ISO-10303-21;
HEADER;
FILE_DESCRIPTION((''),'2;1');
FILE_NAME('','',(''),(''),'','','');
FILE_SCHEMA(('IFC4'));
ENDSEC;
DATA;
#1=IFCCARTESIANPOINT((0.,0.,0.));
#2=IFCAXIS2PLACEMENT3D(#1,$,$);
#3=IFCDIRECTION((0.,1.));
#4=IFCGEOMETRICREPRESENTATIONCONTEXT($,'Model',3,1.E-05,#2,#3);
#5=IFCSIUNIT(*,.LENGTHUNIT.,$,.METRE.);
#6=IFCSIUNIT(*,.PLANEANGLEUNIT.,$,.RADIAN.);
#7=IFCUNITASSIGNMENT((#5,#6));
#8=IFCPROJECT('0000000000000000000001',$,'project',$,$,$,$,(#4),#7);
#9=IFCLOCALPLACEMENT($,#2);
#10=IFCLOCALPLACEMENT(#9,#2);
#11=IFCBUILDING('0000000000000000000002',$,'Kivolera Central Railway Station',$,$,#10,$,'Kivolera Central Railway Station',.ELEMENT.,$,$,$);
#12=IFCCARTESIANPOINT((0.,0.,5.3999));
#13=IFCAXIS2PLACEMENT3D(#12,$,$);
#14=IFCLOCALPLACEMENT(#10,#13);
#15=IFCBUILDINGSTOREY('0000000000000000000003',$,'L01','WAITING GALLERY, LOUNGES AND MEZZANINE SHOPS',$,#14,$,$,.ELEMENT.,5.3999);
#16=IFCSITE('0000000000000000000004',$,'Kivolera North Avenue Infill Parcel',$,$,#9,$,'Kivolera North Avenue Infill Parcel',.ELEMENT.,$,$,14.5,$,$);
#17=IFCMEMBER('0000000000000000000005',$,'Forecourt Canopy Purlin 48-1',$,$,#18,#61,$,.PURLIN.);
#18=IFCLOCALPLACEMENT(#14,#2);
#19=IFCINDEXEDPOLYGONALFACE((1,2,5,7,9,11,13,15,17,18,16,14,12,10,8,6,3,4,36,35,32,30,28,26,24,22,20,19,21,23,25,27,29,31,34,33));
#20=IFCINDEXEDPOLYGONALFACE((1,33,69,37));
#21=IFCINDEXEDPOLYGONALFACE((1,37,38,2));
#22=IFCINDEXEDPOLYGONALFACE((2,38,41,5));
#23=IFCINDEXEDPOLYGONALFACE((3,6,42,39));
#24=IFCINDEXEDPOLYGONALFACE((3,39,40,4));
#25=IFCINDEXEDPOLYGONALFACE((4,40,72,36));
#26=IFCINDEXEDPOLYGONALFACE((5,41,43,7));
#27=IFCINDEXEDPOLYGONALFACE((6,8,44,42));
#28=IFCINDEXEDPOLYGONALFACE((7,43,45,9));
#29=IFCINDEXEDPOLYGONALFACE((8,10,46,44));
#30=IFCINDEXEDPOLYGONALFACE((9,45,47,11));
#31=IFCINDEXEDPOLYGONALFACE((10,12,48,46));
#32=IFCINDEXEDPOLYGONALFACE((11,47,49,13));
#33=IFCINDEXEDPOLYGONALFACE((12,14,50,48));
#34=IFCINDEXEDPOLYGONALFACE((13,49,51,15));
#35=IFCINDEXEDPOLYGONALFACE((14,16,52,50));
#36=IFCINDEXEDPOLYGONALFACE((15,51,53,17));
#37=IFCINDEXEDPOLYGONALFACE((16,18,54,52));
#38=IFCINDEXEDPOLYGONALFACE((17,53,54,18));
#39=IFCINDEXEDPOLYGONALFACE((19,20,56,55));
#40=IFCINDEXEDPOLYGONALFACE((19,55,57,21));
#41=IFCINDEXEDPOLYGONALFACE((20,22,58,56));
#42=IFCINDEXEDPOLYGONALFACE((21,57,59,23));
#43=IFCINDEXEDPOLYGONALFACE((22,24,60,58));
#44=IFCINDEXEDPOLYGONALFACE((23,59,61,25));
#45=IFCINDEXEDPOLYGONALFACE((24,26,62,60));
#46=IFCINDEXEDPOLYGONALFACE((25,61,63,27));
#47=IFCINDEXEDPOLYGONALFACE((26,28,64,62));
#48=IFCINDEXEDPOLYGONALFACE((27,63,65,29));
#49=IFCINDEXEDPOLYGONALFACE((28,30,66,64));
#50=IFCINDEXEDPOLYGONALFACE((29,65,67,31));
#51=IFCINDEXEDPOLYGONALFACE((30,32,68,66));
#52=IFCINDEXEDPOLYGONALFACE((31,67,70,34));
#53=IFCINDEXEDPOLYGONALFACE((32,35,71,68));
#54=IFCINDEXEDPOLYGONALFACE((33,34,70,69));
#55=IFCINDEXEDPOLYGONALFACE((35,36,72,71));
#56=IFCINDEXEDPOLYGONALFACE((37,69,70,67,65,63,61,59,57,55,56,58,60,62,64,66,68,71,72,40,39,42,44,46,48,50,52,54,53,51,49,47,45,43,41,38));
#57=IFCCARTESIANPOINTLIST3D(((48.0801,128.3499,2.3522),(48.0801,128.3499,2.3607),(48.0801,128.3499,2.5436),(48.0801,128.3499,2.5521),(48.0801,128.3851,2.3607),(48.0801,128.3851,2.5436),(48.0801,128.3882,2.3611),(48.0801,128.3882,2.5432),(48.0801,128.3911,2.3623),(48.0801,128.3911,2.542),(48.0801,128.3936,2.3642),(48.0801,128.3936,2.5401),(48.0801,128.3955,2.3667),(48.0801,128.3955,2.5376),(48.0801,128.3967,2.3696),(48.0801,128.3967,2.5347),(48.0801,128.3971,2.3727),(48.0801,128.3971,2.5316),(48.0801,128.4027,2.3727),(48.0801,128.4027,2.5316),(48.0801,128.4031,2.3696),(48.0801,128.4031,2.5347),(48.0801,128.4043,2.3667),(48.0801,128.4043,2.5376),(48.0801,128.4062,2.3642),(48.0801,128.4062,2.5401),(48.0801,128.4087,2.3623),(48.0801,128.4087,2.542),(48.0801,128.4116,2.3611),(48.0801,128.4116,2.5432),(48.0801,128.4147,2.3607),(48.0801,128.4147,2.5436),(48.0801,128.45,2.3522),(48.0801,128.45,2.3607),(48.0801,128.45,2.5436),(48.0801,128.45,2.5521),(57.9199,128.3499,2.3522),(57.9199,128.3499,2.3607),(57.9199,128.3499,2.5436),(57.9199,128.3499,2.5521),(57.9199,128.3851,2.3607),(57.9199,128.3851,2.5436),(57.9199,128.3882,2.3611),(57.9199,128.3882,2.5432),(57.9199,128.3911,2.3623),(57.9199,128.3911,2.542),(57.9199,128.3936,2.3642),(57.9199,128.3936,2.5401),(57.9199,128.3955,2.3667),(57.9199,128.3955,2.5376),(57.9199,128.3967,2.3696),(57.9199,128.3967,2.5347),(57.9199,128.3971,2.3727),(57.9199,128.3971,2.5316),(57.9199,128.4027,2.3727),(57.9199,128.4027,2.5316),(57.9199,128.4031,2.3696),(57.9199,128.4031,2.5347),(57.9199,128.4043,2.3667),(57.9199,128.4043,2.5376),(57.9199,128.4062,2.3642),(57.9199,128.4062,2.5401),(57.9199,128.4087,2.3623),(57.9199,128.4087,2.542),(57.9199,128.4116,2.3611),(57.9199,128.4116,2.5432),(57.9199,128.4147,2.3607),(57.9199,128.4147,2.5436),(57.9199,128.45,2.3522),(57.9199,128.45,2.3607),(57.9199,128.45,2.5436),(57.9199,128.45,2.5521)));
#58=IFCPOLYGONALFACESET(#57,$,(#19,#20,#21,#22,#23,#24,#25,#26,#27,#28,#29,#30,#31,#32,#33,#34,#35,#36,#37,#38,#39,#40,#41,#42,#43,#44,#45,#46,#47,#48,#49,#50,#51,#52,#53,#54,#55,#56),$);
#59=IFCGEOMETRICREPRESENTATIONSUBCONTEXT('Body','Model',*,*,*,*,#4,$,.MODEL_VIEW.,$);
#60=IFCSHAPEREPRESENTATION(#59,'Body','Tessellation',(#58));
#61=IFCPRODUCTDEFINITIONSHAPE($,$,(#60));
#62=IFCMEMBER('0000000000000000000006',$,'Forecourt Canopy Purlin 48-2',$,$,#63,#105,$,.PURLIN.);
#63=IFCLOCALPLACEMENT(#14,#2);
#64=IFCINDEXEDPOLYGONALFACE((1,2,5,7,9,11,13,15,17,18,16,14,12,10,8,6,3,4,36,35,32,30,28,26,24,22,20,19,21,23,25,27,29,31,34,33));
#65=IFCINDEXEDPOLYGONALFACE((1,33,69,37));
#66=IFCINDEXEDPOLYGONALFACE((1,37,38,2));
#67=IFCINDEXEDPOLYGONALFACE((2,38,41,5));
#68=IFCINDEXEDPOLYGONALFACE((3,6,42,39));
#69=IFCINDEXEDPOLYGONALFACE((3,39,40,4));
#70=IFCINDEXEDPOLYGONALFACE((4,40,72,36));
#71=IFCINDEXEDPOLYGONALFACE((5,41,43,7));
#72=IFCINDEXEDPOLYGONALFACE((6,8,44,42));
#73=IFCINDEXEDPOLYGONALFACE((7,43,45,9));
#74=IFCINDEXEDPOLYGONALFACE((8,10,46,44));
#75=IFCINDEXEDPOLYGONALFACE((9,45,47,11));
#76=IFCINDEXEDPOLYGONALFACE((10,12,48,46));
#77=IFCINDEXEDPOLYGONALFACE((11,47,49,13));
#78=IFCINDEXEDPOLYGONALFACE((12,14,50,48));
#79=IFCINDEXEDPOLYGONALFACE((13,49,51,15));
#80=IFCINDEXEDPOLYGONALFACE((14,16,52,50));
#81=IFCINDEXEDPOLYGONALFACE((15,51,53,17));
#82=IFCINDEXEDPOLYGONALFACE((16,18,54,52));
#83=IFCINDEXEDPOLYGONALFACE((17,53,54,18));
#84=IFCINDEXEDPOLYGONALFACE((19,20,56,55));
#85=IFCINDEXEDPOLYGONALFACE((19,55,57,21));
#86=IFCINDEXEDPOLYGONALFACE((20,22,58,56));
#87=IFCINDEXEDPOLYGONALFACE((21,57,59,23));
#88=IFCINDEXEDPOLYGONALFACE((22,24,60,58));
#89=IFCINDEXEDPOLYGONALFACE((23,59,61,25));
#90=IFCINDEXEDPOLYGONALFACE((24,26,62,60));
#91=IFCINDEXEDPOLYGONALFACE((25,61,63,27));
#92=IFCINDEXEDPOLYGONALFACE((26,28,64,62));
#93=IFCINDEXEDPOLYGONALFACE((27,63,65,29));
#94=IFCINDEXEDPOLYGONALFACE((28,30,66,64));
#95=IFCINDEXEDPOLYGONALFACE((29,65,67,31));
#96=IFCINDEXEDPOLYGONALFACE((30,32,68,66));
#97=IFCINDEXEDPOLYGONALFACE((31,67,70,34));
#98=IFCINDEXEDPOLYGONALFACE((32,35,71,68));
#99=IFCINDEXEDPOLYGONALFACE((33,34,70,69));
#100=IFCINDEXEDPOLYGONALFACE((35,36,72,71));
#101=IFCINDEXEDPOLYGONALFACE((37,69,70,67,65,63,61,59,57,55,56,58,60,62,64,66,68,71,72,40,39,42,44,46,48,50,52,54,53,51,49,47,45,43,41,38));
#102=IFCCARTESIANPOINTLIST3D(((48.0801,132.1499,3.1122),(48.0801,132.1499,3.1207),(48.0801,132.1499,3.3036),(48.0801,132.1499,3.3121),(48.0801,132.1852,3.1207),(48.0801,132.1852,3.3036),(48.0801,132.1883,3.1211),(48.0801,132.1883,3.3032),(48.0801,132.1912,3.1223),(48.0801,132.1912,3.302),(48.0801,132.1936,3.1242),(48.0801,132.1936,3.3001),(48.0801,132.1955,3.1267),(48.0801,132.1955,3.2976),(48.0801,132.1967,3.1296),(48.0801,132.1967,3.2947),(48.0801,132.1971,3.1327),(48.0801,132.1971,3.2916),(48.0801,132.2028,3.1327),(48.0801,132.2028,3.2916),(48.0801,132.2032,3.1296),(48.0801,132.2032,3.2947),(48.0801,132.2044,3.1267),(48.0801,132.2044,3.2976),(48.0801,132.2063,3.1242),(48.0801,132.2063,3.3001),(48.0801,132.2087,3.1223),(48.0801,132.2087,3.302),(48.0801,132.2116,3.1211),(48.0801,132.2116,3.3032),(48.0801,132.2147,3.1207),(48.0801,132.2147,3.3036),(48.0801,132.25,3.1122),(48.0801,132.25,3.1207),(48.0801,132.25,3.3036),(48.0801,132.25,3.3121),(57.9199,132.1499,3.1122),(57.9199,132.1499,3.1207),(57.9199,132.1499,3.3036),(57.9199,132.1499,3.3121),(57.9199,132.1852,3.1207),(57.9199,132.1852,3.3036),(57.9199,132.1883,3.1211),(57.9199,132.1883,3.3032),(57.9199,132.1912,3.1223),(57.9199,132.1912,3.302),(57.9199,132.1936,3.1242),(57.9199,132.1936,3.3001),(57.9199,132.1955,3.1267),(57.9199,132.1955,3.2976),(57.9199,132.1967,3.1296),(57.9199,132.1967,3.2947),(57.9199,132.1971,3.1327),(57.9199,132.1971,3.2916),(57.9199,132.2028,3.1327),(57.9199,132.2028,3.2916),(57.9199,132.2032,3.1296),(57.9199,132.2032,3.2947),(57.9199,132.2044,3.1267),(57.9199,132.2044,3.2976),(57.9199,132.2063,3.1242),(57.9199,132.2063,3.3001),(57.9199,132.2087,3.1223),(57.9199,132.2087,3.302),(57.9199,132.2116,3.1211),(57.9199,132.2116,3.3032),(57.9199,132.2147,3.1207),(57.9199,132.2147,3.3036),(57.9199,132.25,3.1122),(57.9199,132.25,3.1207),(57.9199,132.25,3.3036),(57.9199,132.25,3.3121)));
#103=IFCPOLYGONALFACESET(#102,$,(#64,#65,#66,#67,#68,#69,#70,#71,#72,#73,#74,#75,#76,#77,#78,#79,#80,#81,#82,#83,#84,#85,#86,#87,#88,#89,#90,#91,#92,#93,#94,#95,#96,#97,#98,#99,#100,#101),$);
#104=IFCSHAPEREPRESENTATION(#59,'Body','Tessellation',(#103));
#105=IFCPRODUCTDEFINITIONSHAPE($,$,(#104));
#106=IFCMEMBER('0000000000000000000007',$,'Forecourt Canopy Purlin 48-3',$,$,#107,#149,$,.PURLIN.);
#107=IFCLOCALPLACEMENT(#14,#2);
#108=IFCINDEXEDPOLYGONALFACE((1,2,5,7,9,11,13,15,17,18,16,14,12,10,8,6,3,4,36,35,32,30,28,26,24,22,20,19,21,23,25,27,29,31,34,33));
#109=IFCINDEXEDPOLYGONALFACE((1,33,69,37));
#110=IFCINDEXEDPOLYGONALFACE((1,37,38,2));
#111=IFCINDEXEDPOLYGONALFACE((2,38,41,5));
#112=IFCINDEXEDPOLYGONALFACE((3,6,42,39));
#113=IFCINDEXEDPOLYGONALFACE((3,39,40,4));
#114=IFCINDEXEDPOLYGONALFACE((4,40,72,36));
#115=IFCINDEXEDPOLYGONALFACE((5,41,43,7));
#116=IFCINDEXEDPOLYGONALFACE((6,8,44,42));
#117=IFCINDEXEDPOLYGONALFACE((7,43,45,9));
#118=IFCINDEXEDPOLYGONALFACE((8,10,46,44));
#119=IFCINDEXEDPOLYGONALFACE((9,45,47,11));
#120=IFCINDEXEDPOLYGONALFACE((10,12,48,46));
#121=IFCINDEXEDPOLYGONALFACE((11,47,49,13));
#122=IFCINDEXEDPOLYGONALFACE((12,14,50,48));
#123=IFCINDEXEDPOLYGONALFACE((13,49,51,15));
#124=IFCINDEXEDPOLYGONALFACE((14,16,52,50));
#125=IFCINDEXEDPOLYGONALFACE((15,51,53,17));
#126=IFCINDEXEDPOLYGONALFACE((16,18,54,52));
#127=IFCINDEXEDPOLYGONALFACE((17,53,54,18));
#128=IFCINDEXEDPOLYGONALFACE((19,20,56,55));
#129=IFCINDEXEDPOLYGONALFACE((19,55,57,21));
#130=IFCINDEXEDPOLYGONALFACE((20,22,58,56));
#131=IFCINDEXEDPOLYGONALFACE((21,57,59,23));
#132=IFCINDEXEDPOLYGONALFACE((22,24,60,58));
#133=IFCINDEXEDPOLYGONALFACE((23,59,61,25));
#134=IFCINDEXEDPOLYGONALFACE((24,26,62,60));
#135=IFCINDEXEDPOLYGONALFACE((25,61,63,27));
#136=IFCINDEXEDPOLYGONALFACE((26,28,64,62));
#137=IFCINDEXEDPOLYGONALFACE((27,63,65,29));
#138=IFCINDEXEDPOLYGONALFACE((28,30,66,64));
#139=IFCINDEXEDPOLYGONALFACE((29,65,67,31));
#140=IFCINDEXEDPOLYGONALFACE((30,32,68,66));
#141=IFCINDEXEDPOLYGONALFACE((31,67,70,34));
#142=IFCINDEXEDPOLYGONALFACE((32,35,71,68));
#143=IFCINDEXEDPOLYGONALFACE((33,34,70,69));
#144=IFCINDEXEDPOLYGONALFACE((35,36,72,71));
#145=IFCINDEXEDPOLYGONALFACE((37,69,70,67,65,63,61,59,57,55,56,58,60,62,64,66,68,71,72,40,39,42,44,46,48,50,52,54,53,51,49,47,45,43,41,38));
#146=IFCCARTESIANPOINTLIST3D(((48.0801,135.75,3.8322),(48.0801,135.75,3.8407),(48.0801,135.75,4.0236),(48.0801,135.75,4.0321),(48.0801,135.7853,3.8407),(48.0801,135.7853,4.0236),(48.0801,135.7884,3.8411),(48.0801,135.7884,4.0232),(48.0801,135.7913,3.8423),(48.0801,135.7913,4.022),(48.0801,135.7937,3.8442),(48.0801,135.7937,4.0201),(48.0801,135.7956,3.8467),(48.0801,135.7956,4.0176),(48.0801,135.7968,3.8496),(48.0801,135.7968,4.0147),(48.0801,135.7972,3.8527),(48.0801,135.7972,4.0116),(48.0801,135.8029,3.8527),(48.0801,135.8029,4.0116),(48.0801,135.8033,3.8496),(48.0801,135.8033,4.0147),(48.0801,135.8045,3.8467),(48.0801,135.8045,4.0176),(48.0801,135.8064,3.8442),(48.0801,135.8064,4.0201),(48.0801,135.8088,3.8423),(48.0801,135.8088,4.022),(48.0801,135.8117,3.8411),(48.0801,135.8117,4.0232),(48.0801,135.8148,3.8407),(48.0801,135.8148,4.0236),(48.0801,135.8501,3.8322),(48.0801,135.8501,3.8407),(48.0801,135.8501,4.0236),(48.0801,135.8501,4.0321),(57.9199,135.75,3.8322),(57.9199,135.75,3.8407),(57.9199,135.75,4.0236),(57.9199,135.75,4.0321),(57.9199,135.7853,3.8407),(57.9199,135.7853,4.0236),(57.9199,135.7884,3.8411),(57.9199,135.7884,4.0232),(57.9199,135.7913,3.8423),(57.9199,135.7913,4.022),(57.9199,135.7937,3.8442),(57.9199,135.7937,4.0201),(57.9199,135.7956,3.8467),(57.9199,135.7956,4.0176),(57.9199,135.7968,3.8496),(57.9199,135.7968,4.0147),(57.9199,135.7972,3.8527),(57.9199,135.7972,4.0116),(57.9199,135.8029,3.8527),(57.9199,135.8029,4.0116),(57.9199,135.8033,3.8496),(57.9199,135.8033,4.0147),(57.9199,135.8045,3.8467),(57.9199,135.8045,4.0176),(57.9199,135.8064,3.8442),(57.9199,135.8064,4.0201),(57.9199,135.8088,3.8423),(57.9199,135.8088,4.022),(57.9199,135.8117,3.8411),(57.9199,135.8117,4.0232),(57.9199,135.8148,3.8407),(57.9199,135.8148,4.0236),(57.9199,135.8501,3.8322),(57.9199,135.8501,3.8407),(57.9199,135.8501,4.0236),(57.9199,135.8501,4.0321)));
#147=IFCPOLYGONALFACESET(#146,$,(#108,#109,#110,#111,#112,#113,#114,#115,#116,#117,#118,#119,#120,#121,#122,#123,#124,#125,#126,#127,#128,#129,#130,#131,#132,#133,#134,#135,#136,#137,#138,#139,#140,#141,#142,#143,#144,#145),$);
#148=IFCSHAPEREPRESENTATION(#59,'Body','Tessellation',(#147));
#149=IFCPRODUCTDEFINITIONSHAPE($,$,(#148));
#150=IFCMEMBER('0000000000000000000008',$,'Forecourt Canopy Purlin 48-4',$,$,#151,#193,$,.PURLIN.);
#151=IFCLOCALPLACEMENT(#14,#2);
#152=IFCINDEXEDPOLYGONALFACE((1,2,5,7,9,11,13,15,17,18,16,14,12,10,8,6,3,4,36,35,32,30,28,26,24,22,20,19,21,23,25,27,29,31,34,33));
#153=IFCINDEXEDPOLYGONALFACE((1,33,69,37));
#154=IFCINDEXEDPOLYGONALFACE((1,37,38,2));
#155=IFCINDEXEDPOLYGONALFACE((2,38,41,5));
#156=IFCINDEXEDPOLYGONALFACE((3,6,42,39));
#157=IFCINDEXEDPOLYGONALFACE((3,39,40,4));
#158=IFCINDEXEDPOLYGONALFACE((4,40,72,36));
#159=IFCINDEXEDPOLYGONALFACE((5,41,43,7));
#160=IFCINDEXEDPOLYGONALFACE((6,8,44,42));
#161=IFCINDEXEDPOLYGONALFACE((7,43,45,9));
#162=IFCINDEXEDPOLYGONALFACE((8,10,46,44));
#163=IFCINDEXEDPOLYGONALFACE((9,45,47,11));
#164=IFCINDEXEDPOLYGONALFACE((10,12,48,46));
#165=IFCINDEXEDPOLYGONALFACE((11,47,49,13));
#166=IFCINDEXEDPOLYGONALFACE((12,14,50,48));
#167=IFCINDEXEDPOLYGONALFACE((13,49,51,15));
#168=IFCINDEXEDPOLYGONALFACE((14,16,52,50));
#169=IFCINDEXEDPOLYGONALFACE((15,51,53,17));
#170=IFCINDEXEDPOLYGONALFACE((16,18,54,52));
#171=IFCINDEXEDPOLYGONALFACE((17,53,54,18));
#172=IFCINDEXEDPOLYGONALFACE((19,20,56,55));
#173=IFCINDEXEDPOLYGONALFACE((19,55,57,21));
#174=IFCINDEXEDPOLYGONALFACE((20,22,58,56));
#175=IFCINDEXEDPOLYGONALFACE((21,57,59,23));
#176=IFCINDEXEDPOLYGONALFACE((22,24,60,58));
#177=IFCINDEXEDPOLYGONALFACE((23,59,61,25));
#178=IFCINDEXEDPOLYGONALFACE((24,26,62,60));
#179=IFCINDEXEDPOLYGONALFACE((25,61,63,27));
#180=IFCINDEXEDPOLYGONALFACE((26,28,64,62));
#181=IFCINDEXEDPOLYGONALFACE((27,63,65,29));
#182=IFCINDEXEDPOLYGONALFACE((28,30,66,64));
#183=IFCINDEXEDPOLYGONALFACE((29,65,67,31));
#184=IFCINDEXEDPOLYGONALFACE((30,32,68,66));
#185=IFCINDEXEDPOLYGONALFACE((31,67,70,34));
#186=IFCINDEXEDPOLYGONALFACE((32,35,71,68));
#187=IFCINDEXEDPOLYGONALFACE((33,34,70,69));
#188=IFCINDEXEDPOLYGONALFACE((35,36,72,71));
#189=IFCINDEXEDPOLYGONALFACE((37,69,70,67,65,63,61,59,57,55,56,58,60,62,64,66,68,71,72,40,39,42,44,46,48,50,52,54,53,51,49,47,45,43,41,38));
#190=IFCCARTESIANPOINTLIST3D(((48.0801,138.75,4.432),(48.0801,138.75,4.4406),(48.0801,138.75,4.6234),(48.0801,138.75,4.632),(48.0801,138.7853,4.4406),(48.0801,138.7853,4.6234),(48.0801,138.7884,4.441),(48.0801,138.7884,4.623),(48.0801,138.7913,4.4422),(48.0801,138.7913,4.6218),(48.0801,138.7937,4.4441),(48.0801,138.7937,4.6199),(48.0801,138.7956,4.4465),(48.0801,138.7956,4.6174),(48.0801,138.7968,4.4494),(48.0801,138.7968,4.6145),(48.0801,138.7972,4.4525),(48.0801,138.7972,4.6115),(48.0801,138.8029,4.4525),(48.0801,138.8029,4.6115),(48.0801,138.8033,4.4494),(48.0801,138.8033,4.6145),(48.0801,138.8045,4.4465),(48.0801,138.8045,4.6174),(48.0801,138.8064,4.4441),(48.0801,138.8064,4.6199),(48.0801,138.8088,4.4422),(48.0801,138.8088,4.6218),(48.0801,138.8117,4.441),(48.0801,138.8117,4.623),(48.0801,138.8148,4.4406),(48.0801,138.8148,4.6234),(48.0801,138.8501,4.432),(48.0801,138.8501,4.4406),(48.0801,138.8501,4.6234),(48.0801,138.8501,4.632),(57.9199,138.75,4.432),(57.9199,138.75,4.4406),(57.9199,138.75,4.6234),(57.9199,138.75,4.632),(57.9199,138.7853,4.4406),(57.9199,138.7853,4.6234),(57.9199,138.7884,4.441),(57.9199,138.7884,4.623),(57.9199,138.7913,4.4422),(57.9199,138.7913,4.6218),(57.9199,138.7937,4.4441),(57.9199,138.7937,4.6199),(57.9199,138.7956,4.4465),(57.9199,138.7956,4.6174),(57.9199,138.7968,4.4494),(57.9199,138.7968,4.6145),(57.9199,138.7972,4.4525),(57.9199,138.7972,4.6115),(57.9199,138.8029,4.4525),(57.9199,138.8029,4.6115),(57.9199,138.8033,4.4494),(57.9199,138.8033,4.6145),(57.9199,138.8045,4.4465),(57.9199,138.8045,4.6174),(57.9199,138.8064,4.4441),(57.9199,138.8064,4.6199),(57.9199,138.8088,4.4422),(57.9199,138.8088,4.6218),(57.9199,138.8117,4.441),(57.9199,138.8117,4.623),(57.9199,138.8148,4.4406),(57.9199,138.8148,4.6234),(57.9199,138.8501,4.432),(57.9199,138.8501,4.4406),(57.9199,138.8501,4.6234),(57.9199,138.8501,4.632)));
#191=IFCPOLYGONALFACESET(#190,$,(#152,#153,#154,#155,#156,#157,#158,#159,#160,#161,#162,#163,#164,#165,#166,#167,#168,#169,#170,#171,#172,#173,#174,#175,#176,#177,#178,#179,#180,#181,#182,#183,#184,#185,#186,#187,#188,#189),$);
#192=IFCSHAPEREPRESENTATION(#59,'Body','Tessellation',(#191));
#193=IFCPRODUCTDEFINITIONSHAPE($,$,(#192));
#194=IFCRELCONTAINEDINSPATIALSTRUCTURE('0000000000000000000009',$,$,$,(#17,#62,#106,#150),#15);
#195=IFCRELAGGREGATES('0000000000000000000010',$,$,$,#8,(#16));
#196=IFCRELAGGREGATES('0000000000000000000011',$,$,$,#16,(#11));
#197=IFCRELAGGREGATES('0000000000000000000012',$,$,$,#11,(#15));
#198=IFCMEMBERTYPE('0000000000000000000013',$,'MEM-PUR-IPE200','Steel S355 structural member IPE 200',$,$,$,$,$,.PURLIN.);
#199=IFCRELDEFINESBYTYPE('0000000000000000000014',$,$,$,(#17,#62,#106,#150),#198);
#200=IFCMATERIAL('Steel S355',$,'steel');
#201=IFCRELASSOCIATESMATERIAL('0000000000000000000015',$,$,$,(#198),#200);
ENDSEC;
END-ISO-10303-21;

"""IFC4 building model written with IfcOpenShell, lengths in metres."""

from ifc_helpers import new_model, si_unit, direction, frame, origin, origin_2d, place, context, subcontext, project, spatial, i_section, extrude, material, material_profile, profile_set, type_object, element, save


model = new_model("IFC4")

# Units and contexts
model_context = context("Model", 3, precision=1e-05, world=origin(), true_north=direction((0.0, 1.0)))
body_context = subcontext(model_context, "Body", "Model", "MODEL_VIEW")
ifc_project = project(units=[si_unit("LENGTHUNIT", "METRE"), si_unit("PLANEANGLEUNIT", "RADIAN")], contexts=[model_context])

# Site, building, storey
site_placement = place(None, origin())
site = spatial("IfcSite", under=ifc_project, at=site_placement, Name="Kivolera North Avenue Infill Parcel", LongName="Kivolera North Avenue Infill Parcel", CompositionType="ELEMENT", RefElevation=14.5)
building_placement = place(site_placement, origin())
building = spatial("IfcBuilding", under=site, at=building_placement, Name="Kivolera Central Railway Station", LongName="Kivolera Central Railway Station", CompositionType="ELEMENT")
storey_placement = place(building_placement, frame((0.0, 0.0, 5.3999)))
storey = spatial("IfcBuildingStorey", under=building, at=storey_placement, Name="L01", Description="WAITING GALLERY, LOUNGES AND MEZZANINE SHOPS", CompositionType="ELEMENT", Elevation=5.3999)

# Shared definitions
ifc_material = material(Name="Steel S355", Category="steel")

# Members
ifc_material_profile_1 = material_profile(ifc_material, i_section(OverallWidth=0.1001, OverallDepth=0.2, WebThickness=0.0056, FlangeThickness=0.0085, FilletRadius=0.012, at=origin_2d()), Name="IPE 200")
ifc_profile_set_1 = profile_set([ifc_material_profile_1], Name="Steel S355")
member_type_1 = type_object("IfcMemberType", Name="MEM-PUR-IPE200", Description="Steel S355 structural member IPE 200", PredefinedType="PURLIN", material=ifc_profile_set_1)
for number, where, z_axis, x_axis, name in (
    (1, (48.0801, 128.3999, 2.4521), (1.0, 0.0, 0.0), (0.0, 1.0, 0.0), "Forecourt Canopy Purlin 48-1"),
    (2, (48.0801, 132.2, 3.2122), (1.0, 0.0, 0.0), (0.0, 1.0, 0.0), "Forecourt Canopy Purlin 48-2"),
    (3, (48.0801, 135.8, 3.9321), (1.0, 0.0, 0.0), (0.0, 1.0, 0.0), "Forecourt Canopy Purlin 48-3"),
    (4, (48.0801, 138.8, 4.532), (1.0, 0.0, 0.0), (0.0, 1.0, 0.0), "Forecourt Canopy Purlin 48-4"),
):
    element("IfcMember", number, at=place(storey_placement, frame(where, z_axis=z_axis, x_axis=x_axis)), inside=storey, type_object=member_type_1, Name=name, PredefinedType="PURLIN", context=body_context, shape_type="SweptSolid", body=[
        extrude(i_section(OverallWidth=0.1001, OverallDepth=0.2, WebThickness=0.0056, FlangeThickness=0.0085, FilletRadius=0.012, at=origin_2d()), origin(), (0.0, 0.0, 1.0), 9.8398),
    ])

save(model, "model.ifc")
